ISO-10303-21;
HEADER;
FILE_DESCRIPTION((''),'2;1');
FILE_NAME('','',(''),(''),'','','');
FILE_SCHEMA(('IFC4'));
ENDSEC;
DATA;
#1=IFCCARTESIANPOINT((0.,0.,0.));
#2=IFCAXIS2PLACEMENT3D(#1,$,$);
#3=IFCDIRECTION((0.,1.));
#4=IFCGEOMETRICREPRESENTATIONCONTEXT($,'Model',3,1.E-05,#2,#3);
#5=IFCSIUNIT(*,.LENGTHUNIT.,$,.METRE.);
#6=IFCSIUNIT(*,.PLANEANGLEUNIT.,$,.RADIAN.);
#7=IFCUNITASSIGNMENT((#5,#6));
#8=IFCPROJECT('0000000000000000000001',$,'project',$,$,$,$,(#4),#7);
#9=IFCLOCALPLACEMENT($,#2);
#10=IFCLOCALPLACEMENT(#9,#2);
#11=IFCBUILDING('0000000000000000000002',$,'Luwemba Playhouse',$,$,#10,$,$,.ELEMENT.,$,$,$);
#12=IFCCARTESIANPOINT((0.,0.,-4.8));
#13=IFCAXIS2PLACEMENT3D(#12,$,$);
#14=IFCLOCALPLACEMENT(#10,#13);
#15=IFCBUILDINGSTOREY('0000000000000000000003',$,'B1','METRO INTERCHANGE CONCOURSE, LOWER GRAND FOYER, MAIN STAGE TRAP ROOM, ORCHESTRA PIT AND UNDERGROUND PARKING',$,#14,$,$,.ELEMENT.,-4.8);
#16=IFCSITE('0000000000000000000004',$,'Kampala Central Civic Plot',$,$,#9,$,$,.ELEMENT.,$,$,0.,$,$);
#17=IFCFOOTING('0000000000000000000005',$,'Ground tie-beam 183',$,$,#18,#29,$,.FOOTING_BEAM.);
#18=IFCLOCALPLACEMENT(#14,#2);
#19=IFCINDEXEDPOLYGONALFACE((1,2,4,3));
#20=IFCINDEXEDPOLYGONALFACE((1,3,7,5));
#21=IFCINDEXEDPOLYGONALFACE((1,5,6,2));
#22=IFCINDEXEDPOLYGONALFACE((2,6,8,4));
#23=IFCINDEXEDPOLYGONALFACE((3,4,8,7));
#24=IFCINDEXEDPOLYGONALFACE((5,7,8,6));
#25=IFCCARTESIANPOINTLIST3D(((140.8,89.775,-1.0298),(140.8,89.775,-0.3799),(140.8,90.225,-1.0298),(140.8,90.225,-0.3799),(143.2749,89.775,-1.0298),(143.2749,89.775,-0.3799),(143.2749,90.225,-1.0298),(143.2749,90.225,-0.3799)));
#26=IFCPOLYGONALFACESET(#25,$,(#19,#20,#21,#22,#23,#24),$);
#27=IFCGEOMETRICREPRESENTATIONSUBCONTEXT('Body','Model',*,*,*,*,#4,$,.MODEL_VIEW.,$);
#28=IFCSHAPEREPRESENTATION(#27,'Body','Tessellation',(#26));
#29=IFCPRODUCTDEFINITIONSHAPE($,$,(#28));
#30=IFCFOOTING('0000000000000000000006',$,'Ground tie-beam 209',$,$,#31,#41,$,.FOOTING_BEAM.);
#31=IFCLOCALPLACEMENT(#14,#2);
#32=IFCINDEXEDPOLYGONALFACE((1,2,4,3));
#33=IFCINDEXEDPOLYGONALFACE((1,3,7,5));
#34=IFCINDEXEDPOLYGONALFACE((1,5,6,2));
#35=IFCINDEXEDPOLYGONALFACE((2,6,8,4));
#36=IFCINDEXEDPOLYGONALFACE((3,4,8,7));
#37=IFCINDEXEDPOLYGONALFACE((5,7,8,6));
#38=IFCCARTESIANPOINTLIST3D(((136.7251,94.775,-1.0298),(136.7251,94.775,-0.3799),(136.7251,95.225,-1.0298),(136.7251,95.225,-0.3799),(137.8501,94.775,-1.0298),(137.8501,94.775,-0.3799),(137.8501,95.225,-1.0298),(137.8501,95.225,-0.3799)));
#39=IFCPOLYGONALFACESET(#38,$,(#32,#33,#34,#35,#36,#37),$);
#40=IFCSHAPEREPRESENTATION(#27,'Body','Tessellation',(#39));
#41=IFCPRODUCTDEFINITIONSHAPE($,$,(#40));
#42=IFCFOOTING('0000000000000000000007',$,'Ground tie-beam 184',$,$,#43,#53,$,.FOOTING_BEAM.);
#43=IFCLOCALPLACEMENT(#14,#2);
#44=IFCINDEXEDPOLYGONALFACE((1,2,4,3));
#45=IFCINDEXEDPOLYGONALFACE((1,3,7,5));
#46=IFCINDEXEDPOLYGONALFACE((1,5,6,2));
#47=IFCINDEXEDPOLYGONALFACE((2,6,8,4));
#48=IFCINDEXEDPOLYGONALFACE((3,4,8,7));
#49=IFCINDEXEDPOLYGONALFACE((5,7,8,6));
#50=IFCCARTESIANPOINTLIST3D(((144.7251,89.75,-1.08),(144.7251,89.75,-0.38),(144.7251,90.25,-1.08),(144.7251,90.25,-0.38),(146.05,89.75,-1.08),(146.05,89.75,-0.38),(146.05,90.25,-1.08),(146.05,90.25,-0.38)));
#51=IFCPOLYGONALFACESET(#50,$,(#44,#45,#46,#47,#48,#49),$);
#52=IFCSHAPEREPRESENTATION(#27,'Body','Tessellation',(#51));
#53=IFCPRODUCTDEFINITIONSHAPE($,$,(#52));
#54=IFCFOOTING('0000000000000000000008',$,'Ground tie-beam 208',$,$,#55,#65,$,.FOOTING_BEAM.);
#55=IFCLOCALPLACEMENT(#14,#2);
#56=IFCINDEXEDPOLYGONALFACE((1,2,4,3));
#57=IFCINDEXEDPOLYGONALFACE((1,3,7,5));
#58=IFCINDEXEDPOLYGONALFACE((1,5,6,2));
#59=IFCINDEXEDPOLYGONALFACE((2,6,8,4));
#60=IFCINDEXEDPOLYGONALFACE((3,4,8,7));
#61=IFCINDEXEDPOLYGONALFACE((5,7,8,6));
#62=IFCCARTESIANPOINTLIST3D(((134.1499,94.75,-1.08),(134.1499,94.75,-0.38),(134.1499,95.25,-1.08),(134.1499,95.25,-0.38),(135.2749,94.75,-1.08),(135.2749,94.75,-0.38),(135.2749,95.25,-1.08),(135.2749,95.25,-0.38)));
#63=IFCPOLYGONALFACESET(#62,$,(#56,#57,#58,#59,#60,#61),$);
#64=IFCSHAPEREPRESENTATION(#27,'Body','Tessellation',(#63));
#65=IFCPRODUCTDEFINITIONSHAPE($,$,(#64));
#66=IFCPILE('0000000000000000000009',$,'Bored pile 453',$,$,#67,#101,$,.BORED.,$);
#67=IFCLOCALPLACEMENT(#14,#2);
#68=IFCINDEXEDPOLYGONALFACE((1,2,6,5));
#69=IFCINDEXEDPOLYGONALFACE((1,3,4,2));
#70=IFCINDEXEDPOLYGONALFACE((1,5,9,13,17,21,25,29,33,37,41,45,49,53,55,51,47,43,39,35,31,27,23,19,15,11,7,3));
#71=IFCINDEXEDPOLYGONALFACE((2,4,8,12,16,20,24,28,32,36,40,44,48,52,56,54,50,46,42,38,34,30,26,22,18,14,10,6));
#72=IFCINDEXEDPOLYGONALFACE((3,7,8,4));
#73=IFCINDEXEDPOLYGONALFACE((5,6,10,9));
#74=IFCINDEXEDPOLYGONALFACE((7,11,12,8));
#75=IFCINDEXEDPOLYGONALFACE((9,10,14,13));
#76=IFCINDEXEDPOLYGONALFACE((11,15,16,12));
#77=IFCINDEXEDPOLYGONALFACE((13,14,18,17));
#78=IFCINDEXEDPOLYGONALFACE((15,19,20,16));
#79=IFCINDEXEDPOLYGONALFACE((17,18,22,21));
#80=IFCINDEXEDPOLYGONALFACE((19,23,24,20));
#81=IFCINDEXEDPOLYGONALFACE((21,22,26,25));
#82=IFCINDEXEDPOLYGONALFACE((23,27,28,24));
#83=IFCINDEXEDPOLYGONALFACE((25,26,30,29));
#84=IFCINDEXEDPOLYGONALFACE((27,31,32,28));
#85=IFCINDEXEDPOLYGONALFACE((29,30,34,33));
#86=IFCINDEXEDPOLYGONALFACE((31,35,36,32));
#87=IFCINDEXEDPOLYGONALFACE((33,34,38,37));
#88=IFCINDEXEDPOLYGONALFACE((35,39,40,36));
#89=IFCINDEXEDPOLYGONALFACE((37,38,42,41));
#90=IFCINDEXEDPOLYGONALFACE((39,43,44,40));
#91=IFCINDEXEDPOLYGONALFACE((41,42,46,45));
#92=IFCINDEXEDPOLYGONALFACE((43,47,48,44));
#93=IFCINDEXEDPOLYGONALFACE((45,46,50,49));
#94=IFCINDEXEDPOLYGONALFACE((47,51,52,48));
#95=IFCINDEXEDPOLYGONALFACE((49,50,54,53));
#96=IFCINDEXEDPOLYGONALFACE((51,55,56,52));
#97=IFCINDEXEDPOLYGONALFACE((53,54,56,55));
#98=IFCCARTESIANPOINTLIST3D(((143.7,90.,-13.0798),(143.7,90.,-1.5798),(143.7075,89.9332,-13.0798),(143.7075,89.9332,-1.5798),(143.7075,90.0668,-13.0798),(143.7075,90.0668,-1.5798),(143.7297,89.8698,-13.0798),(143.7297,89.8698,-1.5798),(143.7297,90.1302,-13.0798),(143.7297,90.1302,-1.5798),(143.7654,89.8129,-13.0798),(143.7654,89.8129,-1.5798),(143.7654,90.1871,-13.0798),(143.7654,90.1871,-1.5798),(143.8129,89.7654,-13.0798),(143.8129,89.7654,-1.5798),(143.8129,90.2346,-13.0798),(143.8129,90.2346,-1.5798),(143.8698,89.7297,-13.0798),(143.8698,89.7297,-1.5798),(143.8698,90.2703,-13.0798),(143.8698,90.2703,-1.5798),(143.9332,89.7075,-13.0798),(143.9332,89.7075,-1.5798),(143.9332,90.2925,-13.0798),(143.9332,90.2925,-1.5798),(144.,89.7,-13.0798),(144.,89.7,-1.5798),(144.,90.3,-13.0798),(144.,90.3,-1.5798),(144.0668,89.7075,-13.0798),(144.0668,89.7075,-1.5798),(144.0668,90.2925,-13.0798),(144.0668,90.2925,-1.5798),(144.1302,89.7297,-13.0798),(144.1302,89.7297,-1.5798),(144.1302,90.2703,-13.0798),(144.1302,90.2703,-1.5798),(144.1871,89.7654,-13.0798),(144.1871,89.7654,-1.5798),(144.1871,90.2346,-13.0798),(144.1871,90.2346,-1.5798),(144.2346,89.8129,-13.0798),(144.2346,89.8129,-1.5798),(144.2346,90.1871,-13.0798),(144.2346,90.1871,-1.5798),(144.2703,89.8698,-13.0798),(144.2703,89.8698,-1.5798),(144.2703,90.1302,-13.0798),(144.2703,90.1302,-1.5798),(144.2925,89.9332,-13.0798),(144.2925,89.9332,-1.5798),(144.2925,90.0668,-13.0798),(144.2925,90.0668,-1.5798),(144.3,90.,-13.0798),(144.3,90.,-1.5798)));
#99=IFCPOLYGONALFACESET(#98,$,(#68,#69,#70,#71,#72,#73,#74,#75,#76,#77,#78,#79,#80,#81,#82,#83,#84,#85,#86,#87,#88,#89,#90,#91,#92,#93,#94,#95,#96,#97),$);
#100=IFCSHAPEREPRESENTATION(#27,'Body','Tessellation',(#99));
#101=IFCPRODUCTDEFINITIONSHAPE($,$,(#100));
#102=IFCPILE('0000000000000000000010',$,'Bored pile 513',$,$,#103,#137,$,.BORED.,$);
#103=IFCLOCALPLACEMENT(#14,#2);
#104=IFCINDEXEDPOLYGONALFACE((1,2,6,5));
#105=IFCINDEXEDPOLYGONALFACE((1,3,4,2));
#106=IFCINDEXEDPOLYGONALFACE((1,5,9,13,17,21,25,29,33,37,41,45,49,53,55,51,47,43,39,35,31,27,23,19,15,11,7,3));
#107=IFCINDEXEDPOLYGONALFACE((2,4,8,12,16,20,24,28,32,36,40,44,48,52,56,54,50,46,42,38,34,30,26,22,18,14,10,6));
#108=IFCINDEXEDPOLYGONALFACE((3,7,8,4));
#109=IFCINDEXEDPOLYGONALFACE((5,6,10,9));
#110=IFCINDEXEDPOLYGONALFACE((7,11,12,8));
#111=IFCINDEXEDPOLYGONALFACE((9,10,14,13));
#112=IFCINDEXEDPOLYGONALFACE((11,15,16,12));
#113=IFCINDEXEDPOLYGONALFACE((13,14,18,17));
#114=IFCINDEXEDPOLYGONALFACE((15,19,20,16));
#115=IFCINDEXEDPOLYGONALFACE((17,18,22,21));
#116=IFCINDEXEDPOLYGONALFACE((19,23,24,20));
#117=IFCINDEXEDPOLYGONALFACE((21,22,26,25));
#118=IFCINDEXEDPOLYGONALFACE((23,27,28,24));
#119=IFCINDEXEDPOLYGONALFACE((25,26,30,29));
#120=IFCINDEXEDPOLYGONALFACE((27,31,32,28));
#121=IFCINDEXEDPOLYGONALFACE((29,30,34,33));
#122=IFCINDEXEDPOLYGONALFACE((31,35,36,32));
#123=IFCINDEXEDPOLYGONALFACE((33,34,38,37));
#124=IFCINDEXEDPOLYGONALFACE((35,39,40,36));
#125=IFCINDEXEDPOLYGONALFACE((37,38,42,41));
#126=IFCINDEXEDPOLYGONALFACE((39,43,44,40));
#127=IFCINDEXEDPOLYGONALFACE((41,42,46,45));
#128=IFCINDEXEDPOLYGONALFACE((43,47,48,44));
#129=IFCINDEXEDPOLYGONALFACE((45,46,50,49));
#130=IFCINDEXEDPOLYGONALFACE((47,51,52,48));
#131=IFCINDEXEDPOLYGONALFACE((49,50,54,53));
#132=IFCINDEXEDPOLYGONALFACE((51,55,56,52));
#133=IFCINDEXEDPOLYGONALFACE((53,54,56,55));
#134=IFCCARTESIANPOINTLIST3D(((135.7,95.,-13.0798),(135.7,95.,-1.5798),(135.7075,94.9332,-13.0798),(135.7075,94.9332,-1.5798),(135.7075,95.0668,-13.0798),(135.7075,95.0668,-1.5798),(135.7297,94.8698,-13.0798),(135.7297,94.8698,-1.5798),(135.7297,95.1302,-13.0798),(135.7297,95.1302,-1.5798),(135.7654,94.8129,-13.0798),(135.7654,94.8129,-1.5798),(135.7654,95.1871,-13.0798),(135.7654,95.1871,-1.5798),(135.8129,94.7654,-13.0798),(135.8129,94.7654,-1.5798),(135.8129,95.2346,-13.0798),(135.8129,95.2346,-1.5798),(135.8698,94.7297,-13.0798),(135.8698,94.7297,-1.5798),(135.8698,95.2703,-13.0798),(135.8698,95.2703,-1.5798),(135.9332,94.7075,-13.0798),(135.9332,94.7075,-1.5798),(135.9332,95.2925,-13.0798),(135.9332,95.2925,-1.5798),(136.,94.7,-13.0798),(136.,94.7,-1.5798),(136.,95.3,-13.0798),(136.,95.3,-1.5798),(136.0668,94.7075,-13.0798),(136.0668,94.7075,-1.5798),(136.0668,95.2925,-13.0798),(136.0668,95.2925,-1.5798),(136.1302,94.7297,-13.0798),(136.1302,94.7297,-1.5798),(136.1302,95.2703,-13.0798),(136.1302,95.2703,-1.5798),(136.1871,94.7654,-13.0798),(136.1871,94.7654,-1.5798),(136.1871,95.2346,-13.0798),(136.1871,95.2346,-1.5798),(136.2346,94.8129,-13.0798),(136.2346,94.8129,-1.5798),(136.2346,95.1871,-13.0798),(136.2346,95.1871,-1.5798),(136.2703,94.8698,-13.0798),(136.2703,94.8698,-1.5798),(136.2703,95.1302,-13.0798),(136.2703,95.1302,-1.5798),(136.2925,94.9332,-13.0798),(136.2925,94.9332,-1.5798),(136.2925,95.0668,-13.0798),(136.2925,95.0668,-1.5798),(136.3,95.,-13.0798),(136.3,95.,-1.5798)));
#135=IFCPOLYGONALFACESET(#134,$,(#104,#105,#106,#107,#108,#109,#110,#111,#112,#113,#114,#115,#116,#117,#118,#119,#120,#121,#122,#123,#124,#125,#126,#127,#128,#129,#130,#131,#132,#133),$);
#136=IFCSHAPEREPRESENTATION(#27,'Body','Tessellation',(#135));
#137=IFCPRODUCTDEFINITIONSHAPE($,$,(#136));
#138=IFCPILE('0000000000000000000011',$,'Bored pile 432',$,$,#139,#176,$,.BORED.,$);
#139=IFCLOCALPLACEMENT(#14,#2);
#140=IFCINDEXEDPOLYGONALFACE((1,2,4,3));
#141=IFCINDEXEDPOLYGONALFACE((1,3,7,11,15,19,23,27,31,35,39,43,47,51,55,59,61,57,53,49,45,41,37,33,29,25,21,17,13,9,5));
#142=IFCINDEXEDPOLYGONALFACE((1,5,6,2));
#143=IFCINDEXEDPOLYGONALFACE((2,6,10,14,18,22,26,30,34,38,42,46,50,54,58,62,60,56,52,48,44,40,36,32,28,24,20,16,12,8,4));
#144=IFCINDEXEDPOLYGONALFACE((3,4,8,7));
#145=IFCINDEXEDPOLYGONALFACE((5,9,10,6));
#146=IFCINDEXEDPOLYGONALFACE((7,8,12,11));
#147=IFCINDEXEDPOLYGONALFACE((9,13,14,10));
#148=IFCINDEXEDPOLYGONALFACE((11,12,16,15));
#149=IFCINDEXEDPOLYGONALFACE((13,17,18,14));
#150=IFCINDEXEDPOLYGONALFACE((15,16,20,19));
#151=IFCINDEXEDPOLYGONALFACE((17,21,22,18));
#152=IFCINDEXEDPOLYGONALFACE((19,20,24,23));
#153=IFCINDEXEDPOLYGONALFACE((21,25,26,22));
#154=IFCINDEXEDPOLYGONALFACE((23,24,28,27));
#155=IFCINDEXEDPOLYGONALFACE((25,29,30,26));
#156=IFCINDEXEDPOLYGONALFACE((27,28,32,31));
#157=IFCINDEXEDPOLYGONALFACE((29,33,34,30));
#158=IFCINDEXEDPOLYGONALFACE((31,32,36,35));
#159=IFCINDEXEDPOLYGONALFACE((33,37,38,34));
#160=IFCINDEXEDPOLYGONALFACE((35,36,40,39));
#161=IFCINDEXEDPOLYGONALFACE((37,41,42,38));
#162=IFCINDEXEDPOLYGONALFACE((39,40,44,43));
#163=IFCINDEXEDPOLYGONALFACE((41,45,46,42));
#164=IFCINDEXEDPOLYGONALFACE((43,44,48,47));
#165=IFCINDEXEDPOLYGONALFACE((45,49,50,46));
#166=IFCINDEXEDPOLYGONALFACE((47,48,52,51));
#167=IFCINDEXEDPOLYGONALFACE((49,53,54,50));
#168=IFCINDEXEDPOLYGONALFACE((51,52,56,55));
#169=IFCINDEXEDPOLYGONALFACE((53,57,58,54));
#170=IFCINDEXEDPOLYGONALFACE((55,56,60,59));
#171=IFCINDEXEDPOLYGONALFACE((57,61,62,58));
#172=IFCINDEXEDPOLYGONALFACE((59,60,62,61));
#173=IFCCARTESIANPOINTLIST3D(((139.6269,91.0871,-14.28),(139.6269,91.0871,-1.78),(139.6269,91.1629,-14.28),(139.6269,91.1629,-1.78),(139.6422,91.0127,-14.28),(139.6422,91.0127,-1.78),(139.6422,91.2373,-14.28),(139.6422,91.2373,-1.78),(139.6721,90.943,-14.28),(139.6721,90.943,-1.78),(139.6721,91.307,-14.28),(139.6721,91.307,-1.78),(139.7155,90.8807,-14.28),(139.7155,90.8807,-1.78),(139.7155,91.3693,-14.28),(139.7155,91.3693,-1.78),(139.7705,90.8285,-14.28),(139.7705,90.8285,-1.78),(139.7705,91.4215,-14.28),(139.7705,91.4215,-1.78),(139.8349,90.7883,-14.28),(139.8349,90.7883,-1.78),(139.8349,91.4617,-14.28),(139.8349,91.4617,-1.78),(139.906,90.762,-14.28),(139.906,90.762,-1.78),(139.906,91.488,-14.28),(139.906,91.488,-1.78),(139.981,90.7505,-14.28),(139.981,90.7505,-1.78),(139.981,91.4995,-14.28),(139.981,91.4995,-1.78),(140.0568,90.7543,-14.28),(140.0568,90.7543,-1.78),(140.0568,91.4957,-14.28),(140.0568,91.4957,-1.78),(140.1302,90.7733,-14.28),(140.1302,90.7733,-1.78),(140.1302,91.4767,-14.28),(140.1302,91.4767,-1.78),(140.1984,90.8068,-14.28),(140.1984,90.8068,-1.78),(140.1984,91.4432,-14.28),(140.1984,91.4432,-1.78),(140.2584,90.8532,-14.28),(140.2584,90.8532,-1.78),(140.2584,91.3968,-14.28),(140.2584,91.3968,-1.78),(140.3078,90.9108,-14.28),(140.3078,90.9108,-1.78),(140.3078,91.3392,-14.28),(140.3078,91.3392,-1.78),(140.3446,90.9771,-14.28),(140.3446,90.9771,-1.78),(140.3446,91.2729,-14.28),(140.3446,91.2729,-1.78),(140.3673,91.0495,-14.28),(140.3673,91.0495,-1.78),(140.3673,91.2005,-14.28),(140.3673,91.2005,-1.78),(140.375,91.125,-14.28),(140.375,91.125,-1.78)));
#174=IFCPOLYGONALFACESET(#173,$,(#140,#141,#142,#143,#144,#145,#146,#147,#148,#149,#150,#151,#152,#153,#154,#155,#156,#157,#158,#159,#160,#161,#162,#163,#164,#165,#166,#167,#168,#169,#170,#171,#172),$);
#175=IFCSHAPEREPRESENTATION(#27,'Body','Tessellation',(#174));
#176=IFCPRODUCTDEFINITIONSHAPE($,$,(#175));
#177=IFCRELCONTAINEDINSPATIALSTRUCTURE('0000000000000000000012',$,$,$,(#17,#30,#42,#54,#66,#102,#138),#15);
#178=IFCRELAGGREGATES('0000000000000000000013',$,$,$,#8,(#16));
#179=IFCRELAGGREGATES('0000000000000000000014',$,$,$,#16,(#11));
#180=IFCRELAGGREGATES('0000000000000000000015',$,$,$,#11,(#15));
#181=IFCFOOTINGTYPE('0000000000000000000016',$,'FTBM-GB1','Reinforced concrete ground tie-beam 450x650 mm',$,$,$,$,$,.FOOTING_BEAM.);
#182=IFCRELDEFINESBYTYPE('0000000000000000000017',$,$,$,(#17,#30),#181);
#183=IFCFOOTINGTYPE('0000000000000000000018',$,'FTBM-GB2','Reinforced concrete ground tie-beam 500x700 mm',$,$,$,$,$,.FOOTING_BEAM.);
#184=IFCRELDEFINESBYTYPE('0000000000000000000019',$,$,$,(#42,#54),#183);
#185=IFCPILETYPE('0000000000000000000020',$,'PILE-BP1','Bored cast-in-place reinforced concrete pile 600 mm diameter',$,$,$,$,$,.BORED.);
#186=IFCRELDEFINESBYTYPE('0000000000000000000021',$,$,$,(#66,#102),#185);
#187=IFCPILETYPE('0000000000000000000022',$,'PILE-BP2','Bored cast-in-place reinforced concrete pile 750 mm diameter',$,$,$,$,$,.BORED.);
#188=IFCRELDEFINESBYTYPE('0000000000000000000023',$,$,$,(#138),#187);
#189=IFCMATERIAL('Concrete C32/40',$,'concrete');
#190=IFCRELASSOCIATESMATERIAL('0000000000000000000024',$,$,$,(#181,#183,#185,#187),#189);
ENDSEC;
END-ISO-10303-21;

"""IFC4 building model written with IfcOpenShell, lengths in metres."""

from ifc_helpers import new_model, si_unit, direction, frame, origin, origin_2d, place, context, subcontext, project, spatial, rectangle, circle, extrude, material, material_profile, profile_set, type_object, element, save


model = new_model("IFC4")

# Units and contexts
model_context = context("Model", 3, precision=1e-05, world=origin(), true_north=direction((0.0, 1.0)))
body_context = subcontext(model_context, "Body", "Model", "MODEL_VIEW")
ifc_project = project(units=[si_unit("LENGTHUNIT", "METRE"), si_unit("PLANEANGLEUNIT", "RADIAN")], contexts=[model_context])

# Site, building, storey
site_placement = place(None, origin())
site = spatial("IfcSite", under=ifc_project, at=site_placement, Name="Kampala Central Civic Plot", CompositionType="ELEMENT", RefElevation=0.0)
building_placement = place(site_placement, origin())
building = spatial("IfcBuilding", under=site, at=building_placement, Name="Luwemba Playhouse", CompositionType="ELEMENT")
storey_placement = place(building_placement, frame((0.0, 0.0, -4.8)))
storey = spatial("IfcBuildingStorey", under=building, at=storey_placement, Name="B1", Description="METRO INTERCHANGE CONCOURSE, LOWER GRAND FOYER, MAIN STAGE TRAP ROOM, ORCHESTRA PIT AND UNDERGROUND PARKING", CompositionType="ELEMENT", Elevation=-4.8)

# Footings
ifc_material_1 = material(Name="Concrete C32/40", Category="concrete")
ifc_material_profile_1 = material_profile(ifc_material_1, rectangle(XDim=0.45, YDim=0.6499, at=origin_2d()))
ifc_profile_set_1 = profile_set([ifc_material_profile_1], Name="Concrete C32/40")
footing_type_1 = type_object("IfcFootingType", Name="FTBM-GB1", Description="Reinforced concrete ground tie-beam 450x650 mm", PredefinedType="FOOTING_BEAM", material=ifc_profile_set_1)
footing_1_placement = place(storey_placement, frame((140.8, 90.0, -0.7048), z_axis=(1.0, 0.0, 0.0), x_axis=(0.0, 1.0, 0.0)))
element("IfcFooting", 1, at=footing_1_placement, inside=storey, type_object=footing_type_1, Name="Ground tie-beam 183", PredefinedType="FOOTING_BEAM", context=body_context, shape_type="SweptSolid", body=[
    extrude(rectangle(XDim=0.45, YDim=0.6499, at=origin_2d()), origin(), (0.0, 0.0, 1.0), 2.4749),
])
footing_2_placement = place(storey_placement, frame((136.7251, 95.0, -0.7048), z_axis=(1.0, 0.0, 0.0), x_axis=(0.0, 1.0, 0.0)))
element("IfcFooting", 2, at=footing_2_placement, inside=storey, type_object=footing_type_1, Name="Ground tie-beam 209", PredefinedType="FOOTING_BEAM", context=body_context, shape_type="SweptSolid", body=[
    extrude(rectangle(XDim=0.45, YDim=0.6499, at=origin_2d()), origin(), (0.0, 0.0, 1.0), 1.125),
])
ifc_material_profile_2 = material_profile(ifc_material_1, rectangle(XDim=0.5, YDim=0.7, at=origin_2d()))
ifc_profile_set_2 = profile_set([ifc_material_profile_2], Name="Concrete C32/40")
footing_type_2 = type_object("IfcFootingType", Name="FTBM-GB2", Description="Reinforced concrete ground tie-beam 500x700 mm", PredefinedType="FOOTING_BEAM", material=ifc_profile_set_2)
footing_3_placement = place(storey_placement, frame((144.7251, 90.0, -0.73), z_axis=(1.0, 0.0, 0.0), x_axis=(0.0, 1.0, 0.0)))
element("IfcFooting", 3, at=footing_3_placement, inside=storey, type_object=footing_type_2, Name="Ground tie-beam 184", PredefinedType="FOOTING_BEAM", context=body_context, shape_type="SweptSolid", body=[
    extrude(rectangle(XDim=0.5, YDim=0.7, at=origin_2d()), origin(), (0.0, 0.0, 1.0), 1.325),
])
footing_4_placement = place(storey_placement, frame((134.1499, 95.0, -0.73), z_axis=(1.0, 0.0, 0.0), x_axis=(0.0, 1.0, 0.0)))
element("IfcFooting", 4, at=footing_4_placement, inside=storey, type_object=footing_type_2, Name="Ground tie-beam 208", PredefinedType="FOOTING_BEAM", context=body_context, shape_type="SweptSolid", body=[
    extrude(rectangle(XDim=0.5, YDim=0.7, at=origin_2d()), origin(), (0.0, 0.0, 1.0), 1.125),
])

# Piles
ifc_material_profile_3 = material_profile(ifc_material_1, circle(Radius=0.3, at=origin_2d()))
ifc_profile_set_3 = profile_set([ifc_material_profile_3], Name="Concrete C32/40")
pile_type_1 = type_object("IfcPileType", Name="PILE-BP1", Description="Bored cast-in-place reinforced concrete pile 600 mm diameter", PredefinedType="BORED", material=ifc_profile_set_3)
for number, where, z_axis, x_axis, name in (
    (5, (144.0, 90.0, -1.5798), (0.0, 0.0, -1.0), (1.0, 0.0, 0.0), "Bored pile 453"),
    (6, (136.0, 95.0, -1.5798), (0.0, 0.0, -1.0), (1.0, 0.0, 0.0), "Bored pile 513"),
):
    element("IfcPile", number, at=place(storey_placement, frame(where, z_axis=z_axis, x_axis=x_axis)), inside=storey, type_object=pile_type_1, Name=name, PredefinedType="BORED", context=body_context, shape_type="SweptSolid", body=[
        extrude(circle(Radius=0.3, at=origin_2d()), origin(), (0.0, 0.0, 1.0), 11.5),
    ])
ifc_material_profile_4 = material_profile(ifc_material_1, circle(Radius=0.375, at=origin_2d()))
ifc_profile_set_4 = profile_set([ifc_material_profile_4], Name="Concrete C32/40")
pile_type_2 = type_object("IfcPileType", Name="PILE-BP2", Description="Bored cast-in-place reinforced concrete pile 750 mm diameter", PredefinedType="BORED", material=ifc_profile_set_4)
pile_placement = place(storey_placement, frame((140.0, 91.125, -1.78), z_axis=(0.0, 0.0, -1.0), x_axis=(1.0, 0.0, 0.0)))
element("IfcPile", 7, at=pile_placement, inside=storey, type_object=pile_type_2, Name="Bored pile 432", PredefinedType="BORED", context=body_context, shape_type="SweptSolid", body=[
    extrude(circle(Radius=0.375, at=origin_2d()), origin(), (0.0, 0.0, 1.0), 12.5),
])

save(model, "model.ifc")
